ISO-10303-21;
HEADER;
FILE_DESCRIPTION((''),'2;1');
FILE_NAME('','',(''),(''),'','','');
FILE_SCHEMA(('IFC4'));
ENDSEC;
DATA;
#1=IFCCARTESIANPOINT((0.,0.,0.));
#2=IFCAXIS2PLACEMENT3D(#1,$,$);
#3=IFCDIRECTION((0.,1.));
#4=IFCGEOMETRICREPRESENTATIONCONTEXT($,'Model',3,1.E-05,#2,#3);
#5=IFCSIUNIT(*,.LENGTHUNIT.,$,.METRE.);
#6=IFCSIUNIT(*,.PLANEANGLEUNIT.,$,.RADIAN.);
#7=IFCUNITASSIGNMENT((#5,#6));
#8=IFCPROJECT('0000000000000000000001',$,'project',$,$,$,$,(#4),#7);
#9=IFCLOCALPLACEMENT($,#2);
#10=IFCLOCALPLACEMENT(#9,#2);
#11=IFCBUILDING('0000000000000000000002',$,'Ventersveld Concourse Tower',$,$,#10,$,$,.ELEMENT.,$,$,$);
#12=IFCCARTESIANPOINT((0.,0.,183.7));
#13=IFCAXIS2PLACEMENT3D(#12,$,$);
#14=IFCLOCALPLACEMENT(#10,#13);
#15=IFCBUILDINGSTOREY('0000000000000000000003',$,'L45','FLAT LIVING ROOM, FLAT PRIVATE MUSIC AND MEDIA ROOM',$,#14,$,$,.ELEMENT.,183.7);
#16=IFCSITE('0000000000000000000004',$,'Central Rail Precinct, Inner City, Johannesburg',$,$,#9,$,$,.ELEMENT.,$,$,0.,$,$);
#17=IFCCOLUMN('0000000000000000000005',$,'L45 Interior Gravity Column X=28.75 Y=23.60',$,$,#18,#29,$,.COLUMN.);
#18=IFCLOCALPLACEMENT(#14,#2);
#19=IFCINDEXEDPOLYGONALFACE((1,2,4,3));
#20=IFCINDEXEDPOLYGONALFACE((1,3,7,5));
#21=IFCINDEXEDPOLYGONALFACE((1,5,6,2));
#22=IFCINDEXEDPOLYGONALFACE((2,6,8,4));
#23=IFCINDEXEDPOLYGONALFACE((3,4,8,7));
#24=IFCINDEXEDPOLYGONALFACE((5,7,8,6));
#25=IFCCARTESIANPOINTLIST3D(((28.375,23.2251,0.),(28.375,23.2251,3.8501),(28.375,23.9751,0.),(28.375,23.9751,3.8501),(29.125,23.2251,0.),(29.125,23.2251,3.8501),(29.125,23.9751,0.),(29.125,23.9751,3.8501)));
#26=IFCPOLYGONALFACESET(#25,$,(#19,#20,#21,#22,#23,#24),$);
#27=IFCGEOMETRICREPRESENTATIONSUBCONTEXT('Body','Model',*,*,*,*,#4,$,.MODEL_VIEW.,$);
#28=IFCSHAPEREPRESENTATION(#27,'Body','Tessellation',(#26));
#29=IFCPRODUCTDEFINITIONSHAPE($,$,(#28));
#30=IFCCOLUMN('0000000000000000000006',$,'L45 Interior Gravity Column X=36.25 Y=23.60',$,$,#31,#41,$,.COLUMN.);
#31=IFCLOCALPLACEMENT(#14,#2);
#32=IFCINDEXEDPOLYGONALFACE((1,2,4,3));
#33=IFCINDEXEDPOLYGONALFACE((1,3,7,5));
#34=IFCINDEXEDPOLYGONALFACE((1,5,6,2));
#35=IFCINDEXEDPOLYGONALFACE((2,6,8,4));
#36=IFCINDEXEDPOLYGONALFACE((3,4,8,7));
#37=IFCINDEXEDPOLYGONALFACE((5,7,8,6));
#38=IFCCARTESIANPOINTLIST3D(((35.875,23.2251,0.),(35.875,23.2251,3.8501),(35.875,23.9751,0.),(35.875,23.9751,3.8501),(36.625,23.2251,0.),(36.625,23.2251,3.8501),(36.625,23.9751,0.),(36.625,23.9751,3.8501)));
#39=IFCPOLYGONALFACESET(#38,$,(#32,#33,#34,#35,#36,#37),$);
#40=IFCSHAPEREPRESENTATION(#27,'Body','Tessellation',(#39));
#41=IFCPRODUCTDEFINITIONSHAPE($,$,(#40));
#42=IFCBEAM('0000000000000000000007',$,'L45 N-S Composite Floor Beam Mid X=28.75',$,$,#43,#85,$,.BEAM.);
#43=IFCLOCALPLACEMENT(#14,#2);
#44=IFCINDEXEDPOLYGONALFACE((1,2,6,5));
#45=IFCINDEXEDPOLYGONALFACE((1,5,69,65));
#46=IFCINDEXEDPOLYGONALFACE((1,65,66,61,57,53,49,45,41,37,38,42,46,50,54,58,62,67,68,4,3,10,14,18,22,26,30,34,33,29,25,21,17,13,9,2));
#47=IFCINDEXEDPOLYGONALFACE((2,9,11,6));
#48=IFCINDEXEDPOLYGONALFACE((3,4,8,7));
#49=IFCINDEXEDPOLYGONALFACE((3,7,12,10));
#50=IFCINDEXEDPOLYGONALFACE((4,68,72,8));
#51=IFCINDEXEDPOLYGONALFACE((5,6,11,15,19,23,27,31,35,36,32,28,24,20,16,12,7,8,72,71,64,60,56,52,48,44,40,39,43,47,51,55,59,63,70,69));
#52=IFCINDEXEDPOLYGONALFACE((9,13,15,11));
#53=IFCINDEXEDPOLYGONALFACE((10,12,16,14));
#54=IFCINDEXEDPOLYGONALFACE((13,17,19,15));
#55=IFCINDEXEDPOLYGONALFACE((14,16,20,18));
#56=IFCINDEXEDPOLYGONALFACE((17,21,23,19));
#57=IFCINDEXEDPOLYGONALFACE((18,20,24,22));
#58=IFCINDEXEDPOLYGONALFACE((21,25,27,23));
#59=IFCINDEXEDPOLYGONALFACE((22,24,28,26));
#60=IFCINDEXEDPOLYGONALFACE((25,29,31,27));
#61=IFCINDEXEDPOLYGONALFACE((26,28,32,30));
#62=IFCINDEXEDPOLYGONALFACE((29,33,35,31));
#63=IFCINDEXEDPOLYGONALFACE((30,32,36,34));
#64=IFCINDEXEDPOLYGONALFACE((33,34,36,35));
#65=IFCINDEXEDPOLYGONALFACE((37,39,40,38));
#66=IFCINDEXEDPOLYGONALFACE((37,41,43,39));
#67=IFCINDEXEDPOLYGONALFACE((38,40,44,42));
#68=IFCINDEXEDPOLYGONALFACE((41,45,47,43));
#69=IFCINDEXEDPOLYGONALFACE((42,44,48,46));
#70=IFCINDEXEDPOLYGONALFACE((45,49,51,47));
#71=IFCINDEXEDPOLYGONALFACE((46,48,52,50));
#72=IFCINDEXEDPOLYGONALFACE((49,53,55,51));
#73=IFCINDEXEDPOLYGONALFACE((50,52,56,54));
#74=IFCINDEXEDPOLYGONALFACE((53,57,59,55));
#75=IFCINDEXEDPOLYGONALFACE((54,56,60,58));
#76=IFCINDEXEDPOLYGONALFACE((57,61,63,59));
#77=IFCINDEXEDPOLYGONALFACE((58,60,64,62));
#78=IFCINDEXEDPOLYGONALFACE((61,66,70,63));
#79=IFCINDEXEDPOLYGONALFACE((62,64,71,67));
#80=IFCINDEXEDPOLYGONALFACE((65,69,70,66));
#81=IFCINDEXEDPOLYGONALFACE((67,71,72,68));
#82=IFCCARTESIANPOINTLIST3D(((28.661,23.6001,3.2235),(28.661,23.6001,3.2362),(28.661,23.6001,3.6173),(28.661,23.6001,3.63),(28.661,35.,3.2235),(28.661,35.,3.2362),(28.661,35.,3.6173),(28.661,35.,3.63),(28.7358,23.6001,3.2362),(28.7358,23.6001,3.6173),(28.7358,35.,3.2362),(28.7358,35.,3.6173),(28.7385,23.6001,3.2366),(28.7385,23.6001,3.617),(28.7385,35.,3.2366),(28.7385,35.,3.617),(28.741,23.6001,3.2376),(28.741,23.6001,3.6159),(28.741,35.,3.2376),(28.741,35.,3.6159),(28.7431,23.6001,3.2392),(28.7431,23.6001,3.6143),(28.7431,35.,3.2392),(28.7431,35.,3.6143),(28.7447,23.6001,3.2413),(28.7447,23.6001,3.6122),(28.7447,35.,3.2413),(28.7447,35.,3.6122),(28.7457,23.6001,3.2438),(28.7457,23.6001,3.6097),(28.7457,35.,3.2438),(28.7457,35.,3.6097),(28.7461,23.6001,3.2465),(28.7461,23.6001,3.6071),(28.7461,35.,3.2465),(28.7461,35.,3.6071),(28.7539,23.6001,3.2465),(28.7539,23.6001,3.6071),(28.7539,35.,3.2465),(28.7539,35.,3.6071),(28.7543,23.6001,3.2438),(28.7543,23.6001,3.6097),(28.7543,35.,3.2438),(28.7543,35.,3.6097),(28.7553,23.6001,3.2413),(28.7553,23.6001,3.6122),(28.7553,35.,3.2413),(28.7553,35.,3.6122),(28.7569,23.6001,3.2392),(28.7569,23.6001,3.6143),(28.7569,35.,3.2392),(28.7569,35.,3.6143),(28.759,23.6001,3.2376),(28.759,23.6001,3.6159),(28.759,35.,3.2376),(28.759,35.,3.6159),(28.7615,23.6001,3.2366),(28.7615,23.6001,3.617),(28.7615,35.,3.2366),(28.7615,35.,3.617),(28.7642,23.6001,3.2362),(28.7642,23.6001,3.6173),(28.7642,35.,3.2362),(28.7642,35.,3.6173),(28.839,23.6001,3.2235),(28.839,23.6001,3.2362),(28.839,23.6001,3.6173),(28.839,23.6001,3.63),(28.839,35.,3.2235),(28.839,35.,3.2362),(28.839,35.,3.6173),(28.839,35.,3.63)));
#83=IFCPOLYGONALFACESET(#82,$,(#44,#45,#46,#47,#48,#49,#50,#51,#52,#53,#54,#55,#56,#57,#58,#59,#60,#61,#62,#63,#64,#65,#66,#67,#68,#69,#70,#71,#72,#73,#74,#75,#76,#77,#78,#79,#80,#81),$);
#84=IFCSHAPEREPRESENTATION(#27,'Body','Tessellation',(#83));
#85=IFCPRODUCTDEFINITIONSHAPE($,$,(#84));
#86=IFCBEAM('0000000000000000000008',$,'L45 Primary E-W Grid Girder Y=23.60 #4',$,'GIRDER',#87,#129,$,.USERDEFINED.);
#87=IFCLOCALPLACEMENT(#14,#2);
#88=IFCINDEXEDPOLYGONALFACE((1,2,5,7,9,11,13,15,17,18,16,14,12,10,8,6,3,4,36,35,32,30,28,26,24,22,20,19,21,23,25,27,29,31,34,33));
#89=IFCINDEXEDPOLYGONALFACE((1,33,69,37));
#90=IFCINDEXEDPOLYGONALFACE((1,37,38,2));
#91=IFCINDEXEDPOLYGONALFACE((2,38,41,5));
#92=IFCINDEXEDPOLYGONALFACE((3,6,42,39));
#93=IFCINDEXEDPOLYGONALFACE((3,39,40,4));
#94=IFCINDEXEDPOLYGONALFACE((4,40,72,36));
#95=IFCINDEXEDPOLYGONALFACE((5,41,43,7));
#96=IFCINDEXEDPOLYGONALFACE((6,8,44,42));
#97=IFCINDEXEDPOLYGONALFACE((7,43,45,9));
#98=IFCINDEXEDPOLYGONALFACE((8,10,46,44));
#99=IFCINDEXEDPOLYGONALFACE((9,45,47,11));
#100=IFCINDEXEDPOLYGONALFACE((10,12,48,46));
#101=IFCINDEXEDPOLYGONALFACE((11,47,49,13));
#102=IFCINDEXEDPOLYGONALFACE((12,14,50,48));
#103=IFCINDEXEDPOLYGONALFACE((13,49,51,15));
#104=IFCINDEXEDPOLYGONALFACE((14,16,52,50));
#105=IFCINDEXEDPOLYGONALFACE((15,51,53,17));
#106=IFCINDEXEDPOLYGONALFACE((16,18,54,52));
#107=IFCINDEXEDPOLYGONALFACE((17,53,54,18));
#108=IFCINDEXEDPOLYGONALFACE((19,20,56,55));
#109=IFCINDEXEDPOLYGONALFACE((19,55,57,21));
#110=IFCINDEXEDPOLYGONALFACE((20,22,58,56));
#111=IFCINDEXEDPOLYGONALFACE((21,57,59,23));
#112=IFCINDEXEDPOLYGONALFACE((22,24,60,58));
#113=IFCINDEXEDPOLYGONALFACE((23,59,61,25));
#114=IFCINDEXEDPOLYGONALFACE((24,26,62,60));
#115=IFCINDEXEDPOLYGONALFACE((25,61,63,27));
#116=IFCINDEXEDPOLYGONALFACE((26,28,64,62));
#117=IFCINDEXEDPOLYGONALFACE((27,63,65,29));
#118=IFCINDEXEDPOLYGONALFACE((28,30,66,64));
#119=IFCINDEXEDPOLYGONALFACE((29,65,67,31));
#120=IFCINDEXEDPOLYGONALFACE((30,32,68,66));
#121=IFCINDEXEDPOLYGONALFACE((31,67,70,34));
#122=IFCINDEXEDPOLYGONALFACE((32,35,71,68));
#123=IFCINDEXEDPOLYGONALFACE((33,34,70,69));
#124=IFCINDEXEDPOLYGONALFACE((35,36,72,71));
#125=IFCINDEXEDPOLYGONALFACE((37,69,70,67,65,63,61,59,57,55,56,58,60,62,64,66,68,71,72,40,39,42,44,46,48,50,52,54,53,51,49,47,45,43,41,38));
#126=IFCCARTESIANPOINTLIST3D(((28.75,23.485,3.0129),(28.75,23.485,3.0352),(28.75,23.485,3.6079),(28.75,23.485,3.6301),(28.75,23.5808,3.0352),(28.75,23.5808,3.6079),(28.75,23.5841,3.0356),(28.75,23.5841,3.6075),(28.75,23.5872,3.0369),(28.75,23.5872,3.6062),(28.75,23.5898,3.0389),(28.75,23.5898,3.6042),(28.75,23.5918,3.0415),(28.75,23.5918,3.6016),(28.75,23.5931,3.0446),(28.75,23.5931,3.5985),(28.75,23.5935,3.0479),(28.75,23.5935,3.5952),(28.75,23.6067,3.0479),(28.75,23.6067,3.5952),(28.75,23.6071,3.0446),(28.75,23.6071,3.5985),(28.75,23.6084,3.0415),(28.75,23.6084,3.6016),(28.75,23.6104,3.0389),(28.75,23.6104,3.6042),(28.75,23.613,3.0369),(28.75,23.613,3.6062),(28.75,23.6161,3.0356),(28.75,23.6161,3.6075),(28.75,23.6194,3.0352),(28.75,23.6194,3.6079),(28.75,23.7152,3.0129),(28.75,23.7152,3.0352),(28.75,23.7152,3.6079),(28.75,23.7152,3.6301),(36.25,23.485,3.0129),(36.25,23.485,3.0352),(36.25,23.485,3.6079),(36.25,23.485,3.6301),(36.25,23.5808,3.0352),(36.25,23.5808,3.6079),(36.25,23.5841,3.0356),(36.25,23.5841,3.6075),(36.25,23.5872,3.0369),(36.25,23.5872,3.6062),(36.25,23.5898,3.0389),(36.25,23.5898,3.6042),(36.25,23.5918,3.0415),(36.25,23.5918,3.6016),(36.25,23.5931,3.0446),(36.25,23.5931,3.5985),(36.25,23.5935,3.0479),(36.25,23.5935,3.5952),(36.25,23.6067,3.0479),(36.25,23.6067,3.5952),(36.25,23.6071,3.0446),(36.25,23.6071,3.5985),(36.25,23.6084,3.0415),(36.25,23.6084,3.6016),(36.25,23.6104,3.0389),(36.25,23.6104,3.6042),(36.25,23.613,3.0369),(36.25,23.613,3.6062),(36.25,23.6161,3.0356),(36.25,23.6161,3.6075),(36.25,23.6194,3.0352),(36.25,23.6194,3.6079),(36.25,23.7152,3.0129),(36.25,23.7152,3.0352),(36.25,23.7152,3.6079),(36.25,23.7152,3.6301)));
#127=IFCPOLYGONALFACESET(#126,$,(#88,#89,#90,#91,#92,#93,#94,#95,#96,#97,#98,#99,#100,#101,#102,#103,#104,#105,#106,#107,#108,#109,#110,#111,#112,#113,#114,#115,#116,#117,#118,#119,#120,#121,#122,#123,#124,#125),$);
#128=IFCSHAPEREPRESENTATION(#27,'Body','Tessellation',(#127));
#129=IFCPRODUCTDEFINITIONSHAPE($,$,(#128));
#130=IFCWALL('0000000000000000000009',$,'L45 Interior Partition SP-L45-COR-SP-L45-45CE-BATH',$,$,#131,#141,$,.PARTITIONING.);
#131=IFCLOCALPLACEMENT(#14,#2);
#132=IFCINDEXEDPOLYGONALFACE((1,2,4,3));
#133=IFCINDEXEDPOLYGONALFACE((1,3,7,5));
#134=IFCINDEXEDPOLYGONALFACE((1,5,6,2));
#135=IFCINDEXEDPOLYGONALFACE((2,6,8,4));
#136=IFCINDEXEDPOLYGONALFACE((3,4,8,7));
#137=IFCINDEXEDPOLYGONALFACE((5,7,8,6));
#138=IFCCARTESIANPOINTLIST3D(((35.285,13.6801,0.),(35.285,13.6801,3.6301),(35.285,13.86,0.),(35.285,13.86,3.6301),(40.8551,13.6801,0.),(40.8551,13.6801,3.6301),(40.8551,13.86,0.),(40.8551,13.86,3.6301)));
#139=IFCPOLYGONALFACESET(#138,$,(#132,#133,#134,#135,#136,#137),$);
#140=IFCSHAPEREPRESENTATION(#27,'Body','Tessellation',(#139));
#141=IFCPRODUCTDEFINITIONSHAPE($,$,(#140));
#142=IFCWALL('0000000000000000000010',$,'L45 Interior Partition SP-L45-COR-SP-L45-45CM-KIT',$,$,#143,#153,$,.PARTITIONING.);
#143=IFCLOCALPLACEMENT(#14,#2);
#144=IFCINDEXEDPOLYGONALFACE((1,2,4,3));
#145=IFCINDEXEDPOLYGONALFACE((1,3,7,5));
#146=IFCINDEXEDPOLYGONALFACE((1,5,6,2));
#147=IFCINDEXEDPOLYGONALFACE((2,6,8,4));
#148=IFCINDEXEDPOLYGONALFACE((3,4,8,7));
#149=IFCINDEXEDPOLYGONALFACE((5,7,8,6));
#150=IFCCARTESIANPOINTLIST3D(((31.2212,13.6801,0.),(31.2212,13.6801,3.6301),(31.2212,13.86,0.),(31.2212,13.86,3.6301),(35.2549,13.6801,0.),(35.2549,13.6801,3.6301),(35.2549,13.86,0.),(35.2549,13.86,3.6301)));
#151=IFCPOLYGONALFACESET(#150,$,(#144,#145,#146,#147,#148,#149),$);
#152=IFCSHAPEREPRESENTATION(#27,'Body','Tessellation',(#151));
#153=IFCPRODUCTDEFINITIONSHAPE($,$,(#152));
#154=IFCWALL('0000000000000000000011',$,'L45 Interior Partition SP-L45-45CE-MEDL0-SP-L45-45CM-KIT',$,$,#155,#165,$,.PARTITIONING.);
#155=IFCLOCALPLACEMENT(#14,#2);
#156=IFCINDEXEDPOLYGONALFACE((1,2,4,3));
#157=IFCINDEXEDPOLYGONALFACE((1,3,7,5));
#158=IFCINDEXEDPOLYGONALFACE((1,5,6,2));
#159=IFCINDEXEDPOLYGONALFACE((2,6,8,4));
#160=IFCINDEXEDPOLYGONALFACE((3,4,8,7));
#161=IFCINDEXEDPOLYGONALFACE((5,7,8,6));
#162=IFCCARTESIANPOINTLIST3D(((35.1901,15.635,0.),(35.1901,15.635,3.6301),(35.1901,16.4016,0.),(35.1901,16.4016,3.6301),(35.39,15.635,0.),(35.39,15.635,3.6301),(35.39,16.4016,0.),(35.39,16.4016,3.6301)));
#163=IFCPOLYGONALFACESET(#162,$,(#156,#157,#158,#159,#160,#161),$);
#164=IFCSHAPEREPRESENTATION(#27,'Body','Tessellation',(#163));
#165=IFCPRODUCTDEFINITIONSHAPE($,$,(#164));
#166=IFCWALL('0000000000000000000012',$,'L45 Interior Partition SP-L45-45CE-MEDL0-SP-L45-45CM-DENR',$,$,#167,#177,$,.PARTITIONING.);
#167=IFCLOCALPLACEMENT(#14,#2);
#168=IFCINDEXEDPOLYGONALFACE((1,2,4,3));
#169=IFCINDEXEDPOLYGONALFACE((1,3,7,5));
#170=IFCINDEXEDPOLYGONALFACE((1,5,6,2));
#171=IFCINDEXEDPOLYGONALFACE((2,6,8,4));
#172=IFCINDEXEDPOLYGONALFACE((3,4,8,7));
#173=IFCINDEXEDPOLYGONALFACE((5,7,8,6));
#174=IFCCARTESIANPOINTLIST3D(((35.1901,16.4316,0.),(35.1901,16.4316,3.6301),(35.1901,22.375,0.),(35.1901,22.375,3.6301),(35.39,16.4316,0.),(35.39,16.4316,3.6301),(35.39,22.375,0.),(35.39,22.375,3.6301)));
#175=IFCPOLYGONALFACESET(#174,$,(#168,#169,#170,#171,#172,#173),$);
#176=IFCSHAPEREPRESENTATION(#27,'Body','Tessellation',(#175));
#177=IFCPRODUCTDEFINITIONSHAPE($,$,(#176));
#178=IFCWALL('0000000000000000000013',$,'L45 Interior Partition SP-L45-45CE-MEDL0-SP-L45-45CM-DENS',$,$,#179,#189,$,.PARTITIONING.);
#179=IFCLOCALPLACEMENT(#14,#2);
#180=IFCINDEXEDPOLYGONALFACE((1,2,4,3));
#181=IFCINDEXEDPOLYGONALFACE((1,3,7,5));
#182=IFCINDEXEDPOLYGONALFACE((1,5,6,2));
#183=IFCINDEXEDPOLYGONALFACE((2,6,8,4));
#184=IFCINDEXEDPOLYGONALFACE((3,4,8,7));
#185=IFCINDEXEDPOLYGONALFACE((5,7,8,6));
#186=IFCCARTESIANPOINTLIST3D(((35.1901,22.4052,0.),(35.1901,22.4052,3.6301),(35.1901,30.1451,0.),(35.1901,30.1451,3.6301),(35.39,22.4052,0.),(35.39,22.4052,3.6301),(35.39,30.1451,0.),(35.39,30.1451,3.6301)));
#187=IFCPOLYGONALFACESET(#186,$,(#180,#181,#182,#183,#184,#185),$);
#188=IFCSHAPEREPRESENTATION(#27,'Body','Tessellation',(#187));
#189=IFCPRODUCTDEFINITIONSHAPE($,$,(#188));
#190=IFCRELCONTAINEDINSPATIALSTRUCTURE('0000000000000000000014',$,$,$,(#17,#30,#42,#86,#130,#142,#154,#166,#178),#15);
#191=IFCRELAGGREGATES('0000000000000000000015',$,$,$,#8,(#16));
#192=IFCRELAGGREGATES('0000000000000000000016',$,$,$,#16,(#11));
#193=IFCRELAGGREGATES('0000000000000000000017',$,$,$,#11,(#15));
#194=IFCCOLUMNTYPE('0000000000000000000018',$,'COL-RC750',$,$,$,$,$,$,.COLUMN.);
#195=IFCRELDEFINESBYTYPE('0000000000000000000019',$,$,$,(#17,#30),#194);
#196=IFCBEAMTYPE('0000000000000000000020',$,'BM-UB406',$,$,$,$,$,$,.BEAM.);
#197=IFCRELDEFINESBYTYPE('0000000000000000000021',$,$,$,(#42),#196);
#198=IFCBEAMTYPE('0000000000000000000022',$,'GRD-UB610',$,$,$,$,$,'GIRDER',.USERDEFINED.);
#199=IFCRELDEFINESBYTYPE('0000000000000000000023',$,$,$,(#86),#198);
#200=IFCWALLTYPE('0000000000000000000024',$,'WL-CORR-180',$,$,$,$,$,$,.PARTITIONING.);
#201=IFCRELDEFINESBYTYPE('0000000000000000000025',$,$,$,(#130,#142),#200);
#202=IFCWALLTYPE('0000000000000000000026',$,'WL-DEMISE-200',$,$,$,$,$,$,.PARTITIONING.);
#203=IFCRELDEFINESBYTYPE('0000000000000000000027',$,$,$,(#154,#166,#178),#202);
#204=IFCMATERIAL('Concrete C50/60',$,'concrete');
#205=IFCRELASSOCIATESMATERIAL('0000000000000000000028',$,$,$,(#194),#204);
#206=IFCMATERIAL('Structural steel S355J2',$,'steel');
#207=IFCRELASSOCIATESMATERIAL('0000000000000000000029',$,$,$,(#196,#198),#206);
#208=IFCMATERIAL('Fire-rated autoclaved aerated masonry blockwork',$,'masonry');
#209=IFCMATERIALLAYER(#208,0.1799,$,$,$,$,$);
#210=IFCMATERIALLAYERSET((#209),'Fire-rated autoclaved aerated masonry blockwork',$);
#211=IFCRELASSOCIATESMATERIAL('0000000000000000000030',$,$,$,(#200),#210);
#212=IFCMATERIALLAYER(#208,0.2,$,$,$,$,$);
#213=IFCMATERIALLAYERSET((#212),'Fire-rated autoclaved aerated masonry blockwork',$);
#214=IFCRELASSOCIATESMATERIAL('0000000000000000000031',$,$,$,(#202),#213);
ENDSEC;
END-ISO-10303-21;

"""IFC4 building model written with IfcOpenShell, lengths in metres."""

from ifc_helpers import new_model, si_unit, direction, frame, frame_2d, origin, origin_2d, place, context, subcontext, project, spatial, rectangle, i_section, extrude, material, layer, layer_set, material_profile, profile_set, type_object, element, save


model = new_model("IFC4")

# Units and contexts
model_context = context("Model", 3, precision=1e-05, world=origin(), true_north=direction((0.0, 1.0)))
body_context = subcontext(model_context, "Body", "Model", "MODEL_VIEW")
ifc_project = project(units=[si_unit("LENGTHUNIT", "METRE"), si_unit("PLANEANGLEUNIT", "RADIAN")], contexts=[model_context])

# Site, building, storey
site_placement = place(None, origin())
site = spatial("IfcSite", under=ifc_project, at=site_placement, Name="Central Rail Precinct, Inner City, Johannesburg", CompositionType="ELEMENT", RefElevation=0.0)
building_placement = place(site_placement, origin())
building = spatial("IfcBuilding", under=site, at=building_placement, Name="Ventersveld Concourse Tower", CompositionType="ELEMENT")
storey_placement = place(building_placement, frame((0.0, 0.0, 183.7)))
storey = spatial("IfcBuildingStorey", under=building, at=storey_placement, Name="L45", Description="FLAT LIVING ROOM, FLAT PRIVATE MUSIC AND MEDIA ROOM", CompositionType="ELEMENT", Elevation=183.7)

# Columns
ifc_material_1 = material(Name="Concrete C50/60", Category="concrete")
ifc_material_profile_1 = material_profile(ifc_material_1, rectangle(XDim=0.75, YDim=0.75, at=origin_2d()), Name="RC 750x750")
ifc_profile_set_1 = profile_set([ifc_material_profile_1], Name="Concrete C50/60")
column_type = type_object("IfcColumnType", Name="COL-RC750", PredefinedType="COLUMN", material=ifc_profile_set_1)
for number, where, z_axis, x_axis, name in (
    (1, (28.75, 23.6001, 0.0), (0.0, 0.0, 1.0), (1.0, 0.0, 0.0), "L45 Interior Gravity Column X=28.75 Y=23.60"),
    (2, (36.25, 23.6001, 0.0), (0.0, 0.0, 1.0), (1.0, 0.0, 0.0), "L45 Interior Gravity Column X=36.25 Y=23.60"),
):
    element("IfcColumn", number, at=place(storey_placement, frame(where, z_axis=z_axis, x_axis=x_axis)), inside=storey, type_object=column_type, Name=name, PredefinedType="COLUMN", context=body_context, shape_type="SweptSolid", body=[
        extrude(rectangle(XDim=0.75, YDim=0.75, at=origin_2d()), origin(), (0.0, 0.0, 1.0), 3.8501),
    ])

# Beams
ifc_material_2 = material(Name="Structural steel S355J2", Category="steel")
ifc_material_profile_2 = material_profile(ifc_material_2, i_section(OverallWidth=0.178, OverallDepth=0.4065, WebThickness=0.0078, FlangeThickness=0.0127, FilletRadius=0.0103, at=origin_2d()), Name="UB 406x178x60")
ifc_profile_set_2 = profile_set([ifc_material_profile_2], Name="Structural steel S355J2")
beam_type_1 = type_object("IfcBeamType", Name="BM-UB406", PredefinedType="BEAM", material=ifc_profile_set_2)
beam_1_placement = place(storey_placement, frame((28.75, 23.6001, 3.4268), z_axis=(0.0, 1.0, 0.0), x_axis=(-1.0, 0.0, 0.0)))
element("IfcBeam", 3, at=beam_1_placement, inside=storey, type_object=beam_type_1, Name="L45 N-S Composite Floor Beam Mid X=28.75", PredefinedType="BEAM", context=body_context, shape_type="SweptSolid", body=[
    extrude(i_section(OverallWidth=0.178, OverallDepth=0.4065, WebThickness=0.0078, FlangeThickness=0.0127, FilletRadius=0.0103, at=origin_2d()), origin(), (0.0, 0.0, 1.0), 11.3999),
])
ifc_material_profile_3 = material_profile(ifc_material_2, i_section(OverallWidth=0.2302, OverallDepth=0.6172, WebThickness=0.0132, FlangeThickness=0.0222, FilletRadius=0.0127, at=origin_2d()), Name="UB 610x229x140")
ifc_profile_set_3 = profile_set([ifc_material_profile_3], Name="Structural steel S355J2")
beam_type_2 = type_object("IfcBeamType", Name="GRD-UB610", ElementType="GIRDER", PredefinedType="USERDEFINED", material=ifc_profile_set_3)
beam_2_placement = place(storey_placement, frame((28.75, 23.6001, 3.3215), z_axis=(1.0, 0.0, 0.0), x_axis=(0.0, 1.0, 0.0)))
element("IfcBeam", 4, at=beam_2_placement, inside=storey, type_object=beam_type_2, Name="L45 Primary E-W Grid Girder Y=23.60 #4", ObjectType="GIRDER", PredefinedType="USERDEFINED", context=body_context, shape_type="SweptSolid", body=[
    extrude(i_section(OverallWidth=0.2302, OverallDepth=0.6172, WebThickness=0.0132, FlangeThickness=0.0222, FilletRadius=0.0127, at=origin_2d()), origin(), (0.0, 0.0, 1.0), 7.5),
])

# Walls
ifc_material_3 = material(Name="Fire-rated autoclaved aerated masonry blockwork", Category="masonry")
ifc_layer_1 = layer(ifc_material_3, 0.1799)
ifc_layer_set_1 = layer_set([ifc_layer_1], Name="Fire-rated autoclaved aerated masonry blockwork")
wall_type_1 = type_object("IfcWallType", Name="WL-CORR-180", PredefinedType="PARTITIONING", material=ifc_layer_set_1)
wall_1_placement = place(storey_placement, frame((35.2849, 13.77, 0.0), z_axis=(0.0, 0.0, 1.0), x_axis=(1.0, 0.0, 0.0)))
element("IfcWall", 5, at=wall_1_placement, inside=storey, type_object=wall_type_1, Name="L45 Interior Partition SP-L45-COR-SP-L45-45CE-BATH", PredefinedType="PARTITIONING", context=body_context, shape_type="SweptSolid", body=[
    extrude(rectangle(XDim=5.5701, YDim=0.1799, at=frame_2d((2.7852, 0.0))), origin(), (0.0, 0.0, 1.0), 3.6301),
])
wall_2_placement = place(storey_placement, frame((31.2212, 13.77, 0.0), z_axis=(0.0, 0.0, 1.0), x_axis=(1.0, 0.0, 0.0)))
element("IfcWall", 6, at=wall_2_placement, inside=storey, type_object=wall_type_1, Name="L45 Interior Partition SP-L45-COR-SP-L45-45CM-KIT", PredefinedType="PARTITIONING", context=body_context, shape_type="SweptSolid", body=[
    extrude(rectangle(XDim=4.0337, YDim=0.1799, at=frame_2d((2.0168, 0.0))), origin(), (0.0, 0.0, 1.0), 3.6301),
])
ifc_layer_2 = layer(ifc_material_3, 0.2)
ifc_layer_set_2 = layer_set([ifc_layer_2], Name="Fire-rated autoclaved aerated masonry blockwork")
wall_type_2 = type_object("IfcWallType", Name="WL-DEMISE-200", PredefinedType="PARTITIONING", material=ifc_layer_set_2)
wall_3_placement = place(storey_placement, frame((35.29, 15.635, 0.0), z_axis=(0.0, 0.0, 1.0), x_axis=(0.0, 1.0, 0.0)))
element("IfcWall", 7, at=wall_3_placement, inside=storey, type_object=wall_type_2, Name="L45 Interior Partition SP-L45-45CE-MEDL0-SP-L45-45CM-KIT", PredefinedType="PARTITIONING", context=body_context, shape_type="SweptSolid", body=[
    extrude(rectangle(XDim=0.7666, YDim=0.2, at=frame_2d((0.3833, 0.0))), origin(), (0.0, 0.0, 1.0), 3.6301),
])
wall_4_placement = place(storey_placement, frame((35.29, 16.4316, 0.0), z_axis=(0.0, 0.0, 1.0), x_axis=(0.0, 1.0, 0.0)))
element("IfcWall", 8, at=wall_4_placement, inside=storey, type_object=wall_type_2, Name="L45 Interior Partition SP-L45-45CE-MEDL0-SP-L45-45CM-DENR", PredefinedType="PARTITIONING", context=body_context, shape_type="SweptSolid", body=[
    extrude(rectangle(XDim=5.9434, YDim=0.2, at=frame_2d((2.9717, 0.0))), origin(), (0.0, 0.0, 1.0), 3.6301),
])
wall_5_placement = place(storey_placement, frame((35.29, 22.405, 0.0), z_axis=(0.0, 0.0, 1.0), x_axis=(0.0, 1.0, 0.0)))
element("IfcWall", 9, at=wall_5_placement, inside=storey, type_object=wall_type_2, Name="L45 Interior Partition SP-L45-45CE-MEDL0-SP-L45-45CM-DENS", PredefinedType="PARTITIONING", context=body_context, shape_type="SweptSolid", body=[
    extrude(rectangle(XDim=7.74, YDim=0.2, at=frame_2d((3.8701, 0.0))), origin(), (0.0, 0.0, 1.0), 3.6301),
])

save(model, "model.ifc")
